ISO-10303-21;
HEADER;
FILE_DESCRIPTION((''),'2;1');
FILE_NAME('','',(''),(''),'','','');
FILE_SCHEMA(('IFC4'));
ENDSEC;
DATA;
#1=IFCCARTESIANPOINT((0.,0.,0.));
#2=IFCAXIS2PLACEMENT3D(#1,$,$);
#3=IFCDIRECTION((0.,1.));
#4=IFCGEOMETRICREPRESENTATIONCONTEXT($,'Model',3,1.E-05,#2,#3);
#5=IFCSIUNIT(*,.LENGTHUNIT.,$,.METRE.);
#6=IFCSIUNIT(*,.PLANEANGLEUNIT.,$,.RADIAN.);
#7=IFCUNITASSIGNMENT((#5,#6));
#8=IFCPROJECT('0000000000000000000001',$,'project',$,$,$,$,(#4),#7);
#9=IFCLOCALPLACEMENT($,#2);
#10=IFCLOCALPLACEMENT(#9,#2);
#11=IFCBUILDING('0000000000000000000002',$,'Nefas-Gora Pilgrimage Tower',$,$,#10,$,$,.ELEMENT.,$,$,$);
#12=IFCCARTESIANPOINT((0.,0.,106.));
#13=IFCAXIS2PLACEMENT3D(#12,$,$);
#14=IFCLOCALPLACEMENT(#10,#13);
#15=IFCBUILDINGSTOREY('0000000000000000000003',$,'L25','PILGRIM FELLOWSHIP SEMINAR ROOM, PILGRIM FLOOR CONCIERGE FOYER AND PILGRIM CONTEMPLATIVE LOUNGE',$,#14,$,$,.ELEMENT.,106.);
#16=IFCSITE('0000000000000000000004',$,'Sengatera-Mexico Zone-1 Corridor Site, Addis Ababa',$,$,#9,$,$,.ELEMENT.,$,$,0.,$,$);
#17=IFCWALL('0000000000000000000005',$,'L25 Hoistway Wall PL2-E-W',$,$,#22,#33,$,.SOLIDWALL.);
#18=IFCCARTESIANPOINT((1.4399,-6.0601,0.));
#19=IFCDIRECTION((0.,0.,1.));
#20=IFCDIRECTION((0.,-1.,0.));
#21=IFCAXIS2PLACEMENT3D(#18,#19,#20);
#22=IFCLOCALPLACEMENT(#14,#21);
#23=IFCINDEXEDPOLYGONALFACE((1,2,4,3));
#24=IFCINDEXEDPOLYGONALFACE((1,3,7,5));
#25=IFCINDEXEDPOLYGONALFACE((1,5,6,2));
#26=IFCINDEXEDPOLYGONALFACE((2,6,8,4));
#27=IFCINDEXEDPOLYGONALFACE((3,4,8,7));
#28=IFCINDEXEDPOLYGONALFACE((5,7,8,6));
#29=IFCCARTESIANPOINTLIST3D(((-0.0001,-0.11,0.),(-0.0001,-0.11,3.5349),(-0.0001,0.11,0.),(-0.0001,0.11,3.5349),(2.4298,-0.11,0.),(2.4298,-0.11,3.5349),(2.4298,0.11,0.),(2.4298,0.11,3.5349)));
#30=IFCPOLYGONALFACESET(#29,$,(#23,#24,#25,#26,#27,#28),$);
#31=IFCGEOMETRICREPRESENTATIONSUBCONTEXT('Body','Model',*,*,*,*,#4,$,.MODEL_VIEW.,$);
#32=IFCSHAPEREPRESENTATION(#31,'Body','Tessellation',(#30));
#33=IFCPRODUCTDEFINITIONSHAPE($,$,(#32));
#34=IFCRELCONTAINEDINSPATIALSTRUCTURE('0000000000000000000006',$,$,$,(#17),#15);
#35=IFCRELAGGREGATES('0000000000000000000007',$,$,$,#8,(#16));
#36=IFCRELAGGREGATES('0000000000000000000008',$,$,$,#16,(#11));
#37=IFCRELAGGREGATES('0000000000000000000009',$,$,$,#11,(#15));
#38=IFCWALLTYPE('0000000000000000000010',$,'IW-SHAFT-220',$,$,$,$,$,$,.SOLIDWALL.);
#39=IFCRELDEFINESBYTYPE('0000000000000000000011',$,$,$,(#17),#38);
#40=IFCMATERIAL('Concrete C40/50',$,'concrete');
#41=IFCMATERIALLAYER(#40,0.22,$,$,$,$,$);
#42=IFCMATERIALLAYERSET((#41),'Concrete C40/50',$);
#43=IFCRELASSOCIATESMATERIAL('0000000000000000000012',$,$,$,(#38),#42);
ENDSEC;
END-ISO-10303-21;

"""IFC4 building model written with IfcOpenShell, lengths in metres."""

from ifc_helpers import new_model, si_unit, direction, frame, frame_2d, origin, place, context, subcontext, project, spatial, rectangle, extrude, source, transform, mapped, material, layer, layer_set, type_object, element, save


model = new_model("IFC4")

# Units and contexts
model_context = context("Model", 3, precision=1e-05, world=origin(), true_north=direction((0.0, 1.0)))
body_context = subcontext(model_context, "Body", "Model", "MODEL_VIEW")
ifc_project = project(units=[si_unit("LENGTHUNIT", "METRE"), si_unit("PLANEANGLEUNIT", "RADIAN")], contexts=[model_context])

# Site, building, storey
site_placement = place(None, origin())
site = spatial("IfcSite", under=ifc_project, at=site_placement, Name="Sengatera-Mexico Zone-1 Corridor Site, Addis Ababa", CompositionType="ELEMENT", RefElevation=0.0)
building_placement = place(site_placement, origin())
building = spatial("IfcBuilding", under=site, at=building_placement, Name="Nefas-Gora Pilgrimage Tower", CompositionType="ELEMENT")
storey_placement = place(building_placement, frame((0.0, 0.0, 106.0)))
storey = spatial("IfcBuildingStorey", under=building, at=storey_placement, Name="L25", Description="PILGRIM FELLOWSHIP SEMINAR ROOM, PILGRIM FLOOR CONCIERGE FOYER AND PILGRIM CONTEMPLATIVE LOUNGE", CompositionType="ELEMENT", Elevation=106.0)

# Shared definitions
ifc_material_1 = material(Name="Concrete C40/50", Category="concrete")
ifc_layer_1 = layer(ifc_material_1, 0.22)
ifc_layer_set_1 = layer_set([ifc_layer_1], Name="Concrete C40/50")
wall_type_1 = type_object("IfcWallType", Name="IW-SHAFT-220", PredefinedType="SOLIDWALL", material=ifc_layer_set_1)

# Wall
shared_shape_1 = source(origin(), body_context, "Body", "SweptSolid", [
    extrude(rectangle(XDim=2.4299, YDim=0.22, at=frame_2d((1.2148, 0.0))), origin(), (0.0, 0.0, 1.0), 3.5349),
])
for number, where, z_axis, x_axis, name in (
    (1, (1.4399, -6.0601, 0.0), (0.0, 0.0, 1.0), (0.0, -1.0, 0.0), "L25 Hoistway Wall PL2-E-W"),
):
    element("IfcWall", number, at=place(storey_placement, frame(where, z_axis=z_axis, x_axis=x_axis)), inside=storey, type_object=wall_type_1, Name=name, PredefinedType="SOLIDWALL", context=body_context, shape_type="MappedRepresentation", body=[
        mapped(shared_shape_1, transform((0.0, 0.0, 0.0), x_axis=(1.0, 0.0, 0.0), y_axis=(0.0, 1.0, 0.0), z_axis=(0.0, 0.0, 1.0), scale=1.0)),
    ])

save(model, "model.ifc")
